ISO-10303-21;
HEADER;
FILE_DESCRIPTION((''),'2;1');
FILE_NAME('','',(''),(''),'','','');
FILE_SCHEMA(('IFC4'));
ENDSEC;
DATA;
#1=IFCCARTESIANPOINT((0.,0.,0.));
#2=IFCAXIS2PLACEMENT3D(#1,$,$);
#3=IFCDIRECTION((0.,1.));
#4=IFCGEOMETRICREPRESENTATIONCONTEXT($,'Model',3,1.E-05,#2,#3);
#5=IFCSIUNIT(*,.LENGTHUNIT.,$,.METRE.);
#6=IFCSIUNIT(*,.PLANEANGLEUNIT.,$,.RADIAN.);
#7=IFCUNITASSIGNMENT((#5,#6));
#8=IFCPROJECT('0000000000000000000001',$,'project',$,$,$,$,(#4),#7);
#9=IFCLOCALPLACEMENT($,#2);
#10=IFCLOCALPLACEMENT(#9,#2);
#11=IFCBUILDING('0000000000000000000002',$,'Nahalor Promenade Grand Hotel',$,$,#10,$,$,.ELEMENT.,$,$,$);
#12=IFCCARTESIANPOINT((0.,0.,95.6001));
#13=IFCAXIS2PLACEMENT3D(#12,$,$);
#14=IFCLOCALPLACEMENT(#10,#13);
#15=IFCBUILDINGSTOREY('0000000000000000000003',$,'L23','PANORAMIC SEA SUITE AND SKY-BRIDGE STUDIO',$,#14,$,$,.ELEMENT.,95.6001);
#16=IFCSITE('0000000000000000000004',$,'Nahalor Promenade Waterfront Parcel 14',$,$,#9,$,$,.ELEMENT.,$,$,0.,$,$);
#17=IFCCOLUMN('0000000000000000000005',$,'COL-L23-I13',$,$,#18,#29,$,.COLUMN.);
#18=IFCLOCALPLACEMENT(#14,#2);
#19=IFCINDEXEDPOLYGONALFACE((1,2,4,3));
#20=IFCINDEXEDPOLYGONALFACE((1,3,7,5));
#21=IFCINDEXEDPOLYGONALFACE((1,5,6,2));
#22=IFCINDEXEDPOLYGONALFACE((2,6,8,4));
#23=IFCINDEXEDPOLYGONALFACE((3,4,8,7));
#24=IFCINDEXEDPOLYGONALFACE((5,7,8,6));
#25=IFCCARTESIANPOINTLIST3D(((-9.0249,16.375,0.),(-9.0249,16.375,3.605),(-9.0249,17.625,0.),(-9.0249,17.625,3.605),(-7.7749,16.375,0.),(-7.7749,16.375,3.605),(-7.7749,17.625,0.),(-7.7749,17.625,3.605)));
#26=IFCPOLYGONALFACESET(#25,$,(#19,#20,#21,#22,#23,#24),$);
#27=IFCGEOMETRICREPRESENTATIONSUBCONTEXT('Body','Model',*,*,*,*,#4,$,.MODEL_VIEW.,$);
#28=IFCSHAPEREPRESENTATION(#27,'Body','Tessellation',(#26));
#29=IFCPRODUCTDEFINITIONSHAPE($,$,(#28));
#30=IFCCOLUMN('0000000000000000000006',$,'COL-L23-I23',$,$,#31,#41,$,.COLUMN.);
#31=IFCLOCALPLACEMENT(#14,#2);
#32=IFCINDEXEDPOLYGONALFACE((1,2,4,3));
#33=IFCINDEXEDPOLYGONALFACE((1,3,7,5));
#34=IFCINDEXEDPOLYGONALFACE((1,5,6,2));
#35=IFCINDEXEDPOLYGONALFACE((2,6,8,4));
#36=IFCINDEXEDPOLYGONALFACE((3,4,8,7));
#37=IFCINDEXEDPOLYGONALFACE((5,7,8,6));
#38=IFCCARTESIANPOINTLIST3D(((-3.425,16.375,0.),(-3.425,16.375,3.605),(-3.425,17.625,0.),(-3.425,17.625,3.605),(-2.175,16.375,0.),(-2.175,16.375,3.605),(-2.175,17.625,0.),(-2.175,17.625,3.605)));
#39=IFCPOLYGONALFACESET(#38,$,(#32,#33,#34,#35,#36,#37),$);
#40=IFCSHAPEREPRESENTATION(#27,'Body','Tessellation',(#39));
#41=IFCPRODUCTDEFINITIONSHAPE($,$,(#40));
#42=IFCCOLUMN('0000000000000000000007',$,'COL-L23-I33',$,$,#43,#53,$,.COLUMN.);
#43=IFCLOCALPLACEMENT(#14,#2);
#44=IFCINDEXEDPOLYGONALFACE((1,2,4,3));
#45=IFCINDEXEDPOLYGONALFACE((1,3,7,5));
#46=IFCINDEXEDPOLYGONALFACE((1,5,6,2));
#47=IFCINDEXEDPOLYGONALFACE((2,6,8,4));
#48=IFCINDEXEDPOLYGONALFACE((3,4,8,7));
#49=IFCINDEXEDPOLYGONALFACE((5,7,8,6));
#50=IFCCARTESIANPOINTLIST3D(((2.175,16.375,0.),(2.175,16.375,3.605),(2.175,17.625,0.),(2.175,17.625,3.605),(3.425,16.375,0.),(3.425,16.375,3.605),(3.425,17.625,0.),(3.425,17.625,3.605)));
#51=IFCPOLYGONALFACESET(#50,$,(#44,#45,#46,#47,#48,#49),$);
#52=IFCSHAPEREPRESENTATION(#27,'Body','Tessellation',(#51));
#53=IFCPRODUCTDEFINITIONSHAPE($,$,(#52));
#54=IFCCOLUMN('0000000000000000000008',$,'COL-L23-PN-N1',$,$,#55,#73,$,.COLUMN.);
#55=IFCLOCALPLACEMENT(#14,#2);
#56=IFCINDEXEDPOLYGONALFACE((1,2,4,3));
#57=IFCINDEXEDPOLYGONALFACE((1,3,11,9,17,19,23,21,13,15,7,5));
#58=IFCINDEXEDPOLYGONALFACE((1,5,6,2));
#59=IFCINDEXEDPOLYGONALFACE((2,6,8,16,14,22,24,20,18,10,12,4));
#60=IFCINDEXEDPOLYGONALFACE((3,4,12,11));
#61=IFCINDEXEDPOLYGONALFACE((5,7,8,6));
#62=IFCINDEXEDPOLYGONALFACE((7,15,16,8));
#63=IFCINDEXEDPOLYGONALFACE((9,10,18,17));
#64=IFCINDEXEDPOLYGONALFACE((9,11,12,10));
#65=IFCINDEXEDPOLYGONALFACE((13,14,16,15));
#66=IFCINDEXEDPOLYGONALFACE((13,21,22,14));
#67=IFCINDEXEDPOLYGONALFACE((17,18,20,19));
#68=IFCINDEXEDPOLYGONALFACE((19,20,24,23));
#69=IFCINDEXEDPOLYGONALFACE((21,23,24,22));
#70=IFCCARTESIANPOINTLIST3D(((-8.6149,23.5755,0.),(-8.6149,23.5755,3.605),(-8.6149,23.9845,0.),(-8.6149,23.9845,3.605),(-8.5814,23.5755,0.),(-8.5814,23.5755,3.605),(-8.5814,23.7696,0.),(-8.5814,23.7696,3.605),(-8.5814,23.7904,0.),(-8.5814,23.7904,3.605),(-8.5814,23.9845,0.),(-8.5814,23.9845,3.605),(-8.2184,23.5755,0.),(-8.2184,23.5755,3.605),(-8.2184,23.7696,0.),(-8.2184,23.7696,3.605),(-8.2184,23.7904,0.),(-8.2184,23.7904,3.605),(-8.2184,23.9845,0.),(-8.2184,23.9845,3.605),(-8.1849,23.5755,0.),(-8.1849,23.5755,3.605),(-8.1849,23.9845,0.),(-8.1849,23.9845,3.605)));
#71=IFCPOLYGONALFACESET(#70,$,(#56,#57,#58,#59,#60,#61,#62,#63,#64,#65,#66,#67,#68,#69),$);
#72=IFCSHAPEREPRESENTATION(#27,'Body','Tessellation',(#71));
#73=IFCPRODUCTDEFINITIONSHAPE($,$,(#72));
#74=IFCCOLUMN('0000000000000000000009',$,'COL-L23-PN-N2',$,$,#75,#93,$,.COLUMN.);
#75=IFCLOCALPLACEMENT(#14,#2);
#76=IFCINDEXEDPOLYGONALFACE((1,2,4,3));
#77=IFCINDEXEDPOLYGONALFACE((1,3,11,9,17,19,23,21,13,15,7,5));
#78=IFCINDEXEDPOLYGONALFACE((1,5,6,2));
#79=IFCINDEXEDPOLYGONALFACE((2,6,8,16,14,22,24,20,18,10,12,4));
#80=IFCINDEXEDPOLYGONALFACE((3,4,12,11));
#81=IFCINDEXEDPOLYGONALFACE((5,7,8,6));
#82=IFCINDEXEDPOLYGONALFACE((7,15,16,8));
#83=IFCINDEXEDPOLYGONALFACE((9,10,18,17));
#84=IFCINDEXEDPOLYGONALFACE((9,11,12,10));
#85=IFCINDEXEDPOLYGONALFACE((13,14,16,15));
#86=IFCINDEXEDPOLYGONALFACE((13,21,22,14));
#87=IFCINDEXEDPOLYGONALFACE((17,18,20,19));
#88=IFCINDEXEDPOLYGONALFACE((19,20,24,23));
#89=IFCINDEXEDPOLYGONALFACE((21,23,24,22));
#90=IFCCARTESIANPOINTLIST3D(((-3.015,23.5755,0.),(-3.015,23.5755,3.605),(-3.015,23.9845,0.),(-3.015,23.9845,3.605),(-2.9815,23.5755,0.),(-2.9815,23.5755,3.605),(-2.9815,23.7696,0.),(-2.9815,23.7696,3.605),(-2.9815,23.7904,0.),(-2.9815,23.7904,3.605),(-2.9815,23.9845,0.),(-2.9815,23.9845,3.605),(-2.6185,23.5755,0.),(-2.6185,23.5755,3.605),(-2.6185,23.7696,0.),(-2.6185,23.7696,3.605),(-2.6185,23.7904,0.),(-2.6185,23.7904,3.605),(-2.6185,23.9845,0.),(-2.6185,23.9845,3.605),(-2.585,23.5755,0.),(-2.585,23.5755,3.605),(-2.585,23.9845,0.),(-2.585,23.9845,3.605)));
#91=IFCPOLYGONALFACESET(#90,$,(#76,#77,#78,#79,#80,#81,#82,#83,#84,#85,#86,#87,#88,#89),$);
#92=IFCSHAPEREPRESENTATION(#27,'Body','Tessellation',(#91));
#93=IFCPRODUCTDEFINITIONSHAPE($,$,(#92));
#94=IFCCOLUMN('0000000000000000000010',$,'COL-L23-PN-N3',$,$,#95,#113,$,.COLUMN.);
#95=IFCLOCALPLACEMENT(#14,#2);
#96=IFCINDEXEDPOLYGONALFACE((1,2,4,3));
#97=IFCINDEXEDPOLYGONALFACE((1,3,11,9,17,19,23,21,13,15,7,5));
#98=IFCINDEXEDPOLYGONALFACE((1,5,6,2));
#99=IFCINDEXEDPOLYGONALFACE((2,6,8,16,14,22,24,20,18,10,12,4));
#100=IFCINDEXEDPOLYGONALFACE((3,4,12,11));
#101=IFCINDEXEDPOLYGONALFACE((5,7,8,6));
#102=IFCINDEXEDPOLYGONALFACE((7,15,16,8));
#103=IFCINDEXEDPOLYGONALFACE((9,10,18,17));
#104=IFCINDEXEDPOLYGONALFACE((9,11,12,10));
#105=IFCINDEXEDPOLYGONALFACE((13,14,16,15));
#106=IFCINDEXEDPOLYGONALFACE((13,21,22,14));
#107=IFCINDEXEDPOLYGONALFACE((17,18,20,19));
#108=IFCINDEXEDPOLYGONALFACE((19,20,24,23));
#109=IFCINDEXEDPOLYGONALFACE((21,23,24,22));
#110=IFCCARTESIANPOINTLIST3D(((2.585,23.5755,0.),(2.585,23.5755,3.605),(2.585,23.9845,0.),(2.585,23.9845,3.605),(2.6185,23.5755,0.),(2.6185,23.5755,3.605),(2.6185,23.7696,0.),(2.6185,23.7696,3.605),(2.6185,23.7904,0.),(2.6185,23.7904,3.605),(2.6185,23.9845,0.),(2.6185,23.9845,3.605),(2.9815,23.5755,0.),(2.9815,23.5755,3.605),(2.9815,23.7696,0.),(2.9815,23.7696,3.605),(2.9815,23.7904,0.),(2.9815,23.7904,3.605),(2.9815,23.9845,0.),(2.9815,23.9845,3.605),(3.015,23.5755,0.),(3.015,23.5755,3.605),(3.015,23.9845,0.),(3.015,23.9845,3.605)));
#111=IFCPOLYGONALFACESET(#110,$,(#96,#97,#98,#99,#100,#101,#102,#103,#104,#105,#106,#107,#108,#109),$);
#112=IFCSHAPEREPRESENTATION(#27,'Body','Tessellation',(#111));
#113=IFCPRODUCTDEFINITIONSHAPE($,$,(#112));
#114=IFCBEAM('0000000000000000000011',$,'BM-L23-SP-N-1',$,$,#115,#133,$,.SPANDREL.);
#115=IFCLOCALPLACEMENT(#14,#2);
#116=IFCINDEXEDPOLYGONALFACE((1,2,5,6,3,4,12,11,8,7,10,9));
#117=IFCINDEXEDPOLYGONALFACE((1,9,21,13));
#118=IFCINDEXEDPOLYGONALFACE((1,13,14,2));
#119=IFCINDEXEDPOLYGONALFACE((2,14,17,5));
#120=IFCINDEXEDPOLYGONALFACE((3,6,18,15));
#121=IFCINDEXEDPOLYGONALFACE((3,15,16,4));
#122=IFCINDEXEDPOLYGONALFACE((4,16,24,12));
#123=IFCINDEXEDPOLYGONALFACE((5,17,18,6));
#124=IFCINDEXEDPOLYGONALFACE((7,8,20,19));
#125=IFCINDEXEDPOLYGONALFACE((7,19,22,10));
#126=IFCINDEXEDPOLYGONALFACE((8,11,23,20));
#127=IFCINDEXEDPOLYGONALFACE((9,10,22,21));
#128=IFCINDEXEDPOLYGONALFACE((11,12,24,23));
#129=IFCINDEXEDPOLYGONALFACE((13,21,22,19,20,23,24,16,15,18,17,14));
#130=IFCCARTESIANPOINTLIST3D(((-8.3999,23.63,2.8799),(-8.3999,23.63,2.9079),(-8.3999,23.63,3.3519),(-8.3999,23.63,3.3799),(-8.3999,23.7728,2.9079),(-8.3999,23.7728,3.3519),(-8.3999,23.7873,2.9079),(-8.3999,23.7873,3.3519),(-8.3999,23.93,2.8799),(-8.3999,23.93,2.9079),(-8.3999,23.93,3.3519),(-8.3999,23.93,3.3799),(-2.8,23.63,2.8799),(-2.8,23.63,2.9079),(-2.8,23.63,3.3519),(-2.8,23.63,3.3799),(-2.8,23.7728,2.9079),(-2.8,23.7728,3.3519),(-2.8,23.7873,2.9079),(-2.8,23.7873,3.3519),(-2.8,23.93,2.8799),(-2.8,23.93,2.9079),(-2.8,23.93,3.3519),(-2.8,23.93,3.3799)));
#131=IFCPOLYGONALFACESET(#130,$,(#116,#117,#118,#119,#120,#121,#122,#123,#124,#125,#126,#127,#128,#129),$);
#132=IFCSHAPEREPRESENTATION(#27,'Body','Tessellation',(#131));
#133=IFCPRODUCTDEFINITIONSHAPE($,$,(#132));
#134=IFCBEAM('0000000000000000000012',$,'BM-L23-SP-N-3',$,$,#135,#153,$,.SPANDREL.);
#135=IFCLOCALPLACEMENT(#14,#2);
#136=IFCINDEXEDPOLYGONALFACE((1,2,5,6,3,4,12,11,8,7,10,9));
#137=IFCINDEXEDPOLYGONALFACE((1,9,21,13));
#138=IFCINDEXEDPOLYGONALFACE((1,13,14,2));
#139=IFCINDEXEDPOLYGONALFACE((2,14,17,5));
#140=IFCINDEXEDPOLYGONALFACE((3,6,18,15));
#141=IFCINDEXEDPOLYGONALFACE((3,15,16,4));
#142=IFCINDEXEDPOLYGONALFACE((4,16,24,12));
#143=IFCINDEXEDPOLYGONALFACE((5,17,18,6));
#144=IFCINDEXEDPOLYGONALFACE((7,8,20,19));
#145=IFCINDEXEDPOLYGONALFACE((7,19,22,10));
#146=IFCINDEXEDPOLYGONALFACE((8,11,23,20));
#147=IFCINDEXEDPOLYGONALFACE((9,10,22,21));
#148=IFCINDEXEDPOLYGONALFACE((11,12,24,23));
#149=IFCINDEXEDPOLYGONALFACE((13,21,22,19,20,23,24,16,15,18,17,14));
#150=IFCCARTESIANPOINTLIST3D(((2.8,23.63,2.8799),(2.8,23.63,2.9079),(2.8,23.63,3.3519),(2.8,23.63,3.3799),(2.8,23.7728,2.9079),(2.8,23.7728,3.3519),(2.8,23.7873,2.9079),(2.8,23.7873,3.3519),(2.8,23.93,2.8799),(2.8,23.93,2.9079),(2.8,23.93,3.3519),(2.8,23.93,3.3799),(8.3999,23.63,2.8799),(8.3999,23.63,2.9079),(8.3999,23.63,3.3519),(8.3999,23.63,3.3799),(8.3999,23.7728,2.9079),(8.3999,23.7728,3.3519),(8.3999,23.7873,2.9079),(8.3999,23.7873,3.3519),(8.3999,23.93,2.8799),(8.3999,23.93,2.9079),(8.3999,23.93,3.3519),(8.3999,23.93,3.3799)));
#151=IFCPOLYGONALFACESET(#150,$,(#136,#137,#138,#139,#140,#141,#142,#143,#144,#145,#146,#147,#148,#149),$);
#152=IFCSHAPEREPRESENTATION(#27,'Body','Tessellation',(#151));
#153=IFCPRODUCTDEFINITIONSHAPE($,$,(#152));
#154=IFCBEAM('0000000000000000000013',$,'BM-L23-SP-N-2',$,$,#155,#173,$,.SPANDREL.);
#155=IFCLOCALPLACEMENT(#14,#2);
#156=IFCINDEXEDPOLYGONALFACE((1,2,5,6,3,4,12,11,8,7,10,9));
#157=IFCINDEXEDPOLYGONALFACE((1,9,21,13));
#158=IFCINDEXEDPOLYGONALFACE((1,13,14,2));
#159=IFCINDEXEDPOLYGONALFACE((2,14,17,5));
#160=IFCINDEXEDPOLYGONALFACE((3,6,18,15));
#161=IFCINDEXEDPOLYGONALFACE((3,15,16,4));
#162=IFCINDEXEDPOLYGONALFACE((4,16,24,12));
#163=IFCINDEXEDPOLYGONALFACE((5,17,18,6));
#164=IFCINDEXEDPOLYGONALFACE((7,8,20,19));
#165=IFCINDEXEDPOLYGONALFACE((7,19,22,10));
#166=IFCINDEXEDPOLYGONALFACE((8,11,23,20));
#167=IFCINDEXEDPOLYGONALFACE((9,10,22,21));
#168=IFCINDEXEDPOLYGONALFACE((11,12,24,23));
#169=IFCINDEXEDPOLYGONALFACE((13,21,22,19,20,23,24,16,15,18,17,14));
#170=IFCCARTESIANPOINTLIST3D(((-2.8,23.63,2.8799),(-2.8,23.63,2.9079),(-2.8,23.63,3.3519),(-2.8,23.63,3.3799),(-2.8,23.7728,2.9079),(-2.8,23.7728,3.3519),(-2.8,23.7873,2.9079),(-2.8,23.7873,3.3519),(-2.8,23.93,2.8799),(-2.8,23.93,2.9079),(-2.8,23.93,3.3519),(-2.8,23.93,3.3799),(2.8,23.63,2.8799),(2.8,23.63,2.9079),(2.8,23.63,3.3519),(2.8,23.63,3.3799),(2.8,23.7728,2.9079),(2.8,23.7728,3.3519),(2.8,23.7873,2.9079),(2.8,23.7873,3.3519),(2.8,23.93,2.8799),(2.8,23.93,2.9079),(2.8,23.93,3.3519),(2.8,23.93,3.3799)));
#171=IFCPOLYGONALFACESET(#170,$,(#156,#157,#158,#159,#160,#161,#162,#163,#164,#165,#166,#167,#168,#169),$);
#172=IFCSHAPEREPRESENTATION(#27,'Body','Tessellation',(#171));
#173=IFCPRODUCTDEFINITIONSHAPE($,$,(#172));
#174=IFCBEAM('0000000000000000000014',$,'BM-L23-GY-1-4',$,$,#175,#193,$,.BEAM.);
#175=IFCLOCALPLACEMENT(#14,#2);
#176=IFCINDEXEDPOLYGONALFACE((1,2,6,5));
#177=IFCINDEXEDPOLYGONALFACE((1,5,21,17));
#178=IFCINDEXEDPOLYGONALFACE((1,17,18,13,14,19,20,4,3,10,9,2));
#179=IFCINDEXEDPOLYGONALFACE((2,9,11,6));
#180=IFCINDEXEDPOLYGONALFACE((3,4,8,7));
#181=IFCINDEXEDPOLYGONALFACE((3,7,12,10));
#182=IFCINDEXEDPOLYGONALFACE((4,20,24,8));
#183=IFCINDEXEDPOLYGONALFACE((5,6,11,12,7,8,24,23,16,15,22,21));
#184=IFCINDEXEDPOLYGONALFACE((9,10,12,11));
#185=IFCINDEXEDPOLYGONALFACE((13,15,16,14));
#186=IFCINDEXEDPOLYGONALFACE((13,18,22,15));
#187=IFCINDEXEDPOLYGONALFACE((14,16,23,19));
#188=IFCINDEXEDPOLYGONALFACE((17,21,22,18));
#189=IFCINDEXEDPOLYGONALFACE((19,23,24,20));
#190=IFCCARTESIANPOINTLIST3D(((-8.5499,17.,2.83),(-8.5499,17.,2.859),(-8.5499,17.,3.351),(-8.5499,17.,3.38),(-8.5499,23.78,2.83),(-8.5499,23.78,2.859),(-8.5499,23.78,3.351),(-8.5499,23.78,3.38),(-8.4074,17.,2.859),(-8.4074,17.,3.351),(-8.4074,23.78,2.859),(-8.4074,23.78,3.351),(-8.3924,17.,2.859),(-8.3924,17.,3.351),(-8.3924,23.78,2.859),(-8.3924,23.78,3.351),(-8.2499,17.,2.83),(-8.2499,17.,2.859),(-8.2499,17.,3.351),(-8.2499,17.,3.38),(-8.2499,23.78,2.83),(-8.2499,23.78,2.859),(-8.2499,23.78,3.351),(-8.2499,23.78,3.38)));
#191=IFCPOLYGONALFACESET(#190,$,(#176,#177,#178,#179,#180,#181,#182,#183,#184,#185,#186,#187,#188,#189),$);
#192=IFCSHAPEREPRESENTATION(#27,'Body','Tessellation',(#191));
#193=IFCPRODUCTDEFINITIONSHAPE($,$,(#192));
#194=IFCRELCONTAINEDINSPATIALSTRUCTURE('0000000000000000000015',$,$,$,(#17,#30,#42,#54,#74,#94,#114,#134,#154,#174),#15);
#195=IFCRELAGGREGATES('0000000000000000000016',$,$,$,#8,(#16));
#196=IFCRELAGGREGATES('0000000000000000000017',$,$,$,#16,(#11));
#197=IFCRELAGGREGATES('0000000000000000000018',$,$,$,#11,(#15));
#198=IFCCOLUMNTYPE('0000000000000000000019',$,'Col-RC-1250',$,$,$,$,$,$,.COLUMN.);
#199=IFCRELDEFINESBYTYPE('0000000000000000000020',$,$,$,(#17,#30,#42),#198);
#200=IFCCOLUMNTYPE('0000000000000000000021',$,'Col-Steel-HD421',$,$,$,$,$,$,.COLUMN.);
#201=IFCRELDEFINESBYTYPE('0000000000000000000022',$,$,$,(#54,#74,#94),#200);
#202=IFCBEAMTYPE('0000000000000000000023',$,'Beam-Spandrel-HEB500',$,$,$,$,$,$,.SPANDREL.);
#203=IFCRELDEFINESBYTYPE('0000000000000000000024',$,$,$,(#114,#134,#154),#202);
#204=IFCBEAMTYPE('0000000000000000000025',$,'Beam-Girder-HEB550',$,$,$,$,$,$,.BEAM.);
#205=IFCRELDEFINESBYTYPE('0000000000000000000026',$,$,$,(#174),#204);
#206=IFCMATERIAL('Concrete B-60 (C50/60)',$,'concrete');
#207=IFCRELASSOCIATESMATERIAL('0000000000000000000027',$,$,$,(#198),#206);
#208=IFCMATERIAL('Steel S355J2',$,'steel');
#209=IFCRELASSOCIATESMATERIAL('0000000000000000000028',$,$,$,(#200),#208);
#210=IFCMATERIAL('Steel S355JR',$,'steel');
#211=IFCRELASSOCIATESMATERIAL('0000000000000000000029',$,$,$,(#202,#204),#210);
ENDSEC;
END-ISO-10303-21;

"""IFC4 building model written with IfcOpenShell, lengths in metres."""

from ifc_helpers import new_model, si_unit, direction, frame, origin, origin_2d, place, context, subcontext, project, spatial, rectangle, i_section, extrude, source, transform, mapped, material, material_profile, profile_set, type_object, element, save


model = new_model("IFC4")

# Units and contexts
model_context = context("Model", 3, precision=1e-05, world=origin(), true_north=direction((0.0, 1.0)))
body_context = subcontext(model_context, "Body", "Model", "MODEL_VIEW")
ifc_project = project(units=[si_unit("LENGTHUNIT", "METRE"), si_unit("PLANEANGLEUNIT", "RADIAN")], contexts=[model_context])

# Site, building, storey
site_placement = place(None, origin())
site = spatial("IfcSite", under=ifc_project, at=site_placement, Name="Nahalor Promenade Waterfront Parcel 14", CompositionType="ELEMENT", RefElevation=0.0)
building_placement = place(site_placement, origin())
building = spatial("IfcBuilding", under=site, at=building_placement, Name="Nahalor Promenade Grand Hotel", CompositionType="ELEMENT")
storey_placement = place(building_placement, frame((0.0, 0.0, 95.6001)))
storey = spatial("IfcBuildingStorey", under=building, at=storey_placement, Name="L23", Description="PANORAMIC SEA SUITE AND SKY-BRIDGE STUDIO", CompositionType="ELEMENT", Elevation=95.6001)

# Columns
ifc_material_1 = material(Name="Concrete B-60 (C50/60)", Category="concrete")
ifc_material_profile_1 = material_profile(ifc_material_1, rectangle(XDim=1.25, YDim=1.25, at=origin_2d()), Name="RC 1250x1250")
ifc_profile_set_1 = profile_set([ifc_material_profile_1], Name="Concrete B-60 (C50/60)")
column_type_1 = type_object("IfcColumnType", Name="Col-RC-1250", PredefinedType="COLUMN", material=ifc_profile_set_1)
shared_shape_1 = source(origin(), body_context, "Body", "SweptSolid", [
    extrude(rectangle(XDim=1.25, YDim=1.25, at=origin_2d()), origin(), (0.0, 0.0, 1.0), 3.605),
])
for number, where, z_axis, x_axis, name in (
    (1, (-8.3999, 17.0, 0.0), (0.0, 0.0, 1.0), (1.0, 0.0, 0.0), "COL-L23-I13"),
    (2, (-2.8, 17.0, 0.0), (0.0, 0.0, 1.0), (1.0, 0.0, 0.0), "COL-L23-I23"),
    (3, (2.8, 17.0, 0.0), (0.0, 0.0, 1.0), (1.0, 0.0, 0.0), "COL-L23-I33"),
):
    element("IfcColumn", number, at=place(storey_placement, frame(where, z_axis=z_axis, x_axis=x_axis)), inside=storey, type_object=column_type_1, Name=name, PredefinedType="COLUMN", context=body_context, shape_type="MappedRepresentation", body=[
        mapped(shared_shape_1, transform((0.0, 0.0, 0.0), scale=1.0)),
    ])
ifc_material_2 = material(Name="Steel S355J2", Category="steel")
ifc_material_profile_2 = material_profile(ifc_material_2, i_section(OverallWidth=0.409, OverallDepth=0.43, WebThickness=0.0208, FlangeThickness=0.0335, at=origin_2d()), Name="HD 400x421")
ifc_profile_set_2 = profile_set([ifc_material_profile_2], Name="Steel S355J2")
column_type_2 = type_object("IfcColumnType", Name="Col-Steel-HD421", PredefinedType="COLUMN", material=ifc_profile_set_2)
shared_shape_2 = source(origin(), body_context, "Body", "SweptSolid", [
    extrude(i_section(OverallWidth=0.409, OverallDepth=0.43, WebThickness=0.0208, FlangeThickness=0.0335, at=origin_2d()), origin(), (0.0, 0.0, 1.0), 3.605),
])
for number, where, z_axis, x_axis, name in (
    (4, (-8.3999, 23.78, 0.0), (0.0, 0.0, 1.0), (0.0, 1.0, 0.0), "COL-L23-PN-N1"),
    (5, (-2.8, 23.78, 0.0), (0.0, 0.0, 1.0), (0.0, 1.0, 0.0), "COL-L23-PN-N2"),
    (6, (2.8, 23.78, 0.0), (0.0, 0.0, 1.0), (0.0, 1.0, 0.0), "COL-L23-PN-N3"),
):
    element("IfcColumn", number, at=place(storey_placement, frame(where, z_axis=z_axis, x_axis=x_axis)), inside=storey, type_object=column_type_2, Name=name, PredefinedType="COLUMN", context=body_context, shape_type="MappedRepresentation", body=[
        mapped(shared_shape_2, transform((0.0, 0.0, 0.0), scale=1.0)),
    ])

# Beams
ifc_material_3 = material(Name="Steel S355JR", Category="steel")
ifc_material_profile_3 = material_profile(ifc_material_3, i_section(OverallWidth=0.3, OverallDepth=0.5, WebThickness=0.0145, FlangeThickness=0.028, at=origin_2d()), Name="HEB 500")
ifc_profile_set_3 = profile_set([ifc_material_profile_3], Name="Steel S355JR")
beam_type_1 = type_object("IfcBeamType", Name="Beam-Spandrel-HEB500", PredefinedType="SPANDREL", material=ifc_profile_set_3)
shared_shape_3 = source(origin(), body_context, "Body", "SweptSolid", [
    extrude(i_section(OverallWidth=0.3, OverallDepth=0.5, WebThickness=0.0145, FlangeThickness=0.028, at=origin_2d()), origin(), (0.0, 0.0, 1.0), 5.5999),
])
for number, where, z_axis, x_axis, name in (
    (7, (-8.3999, 23.78, 3.1299), (1.0, 0.0, 0.0), (0.0, 1.0, 0.0), "BM-L23-SP-N-1"),
    (8, (2.8, 23.78, 3.1299), (1.0, 0.0, 0.0), (0.0, 1.0, 0.0), "BM-L23-SP-N-3"),
):
    element("IfcBeam", number, at=place(storey_placement, frame(where, z_axis=z_axis, x_axis=x_axis)), inside=storey, type_object=beam_type_1, Name=name, PredefinedType="SPANDREL", context=body_context, shape_type="MappedRepresentation", body=[
        mapped(shared_shape_3, transform((0.0, 0.0, 0.0), scale=1.0)),
    ])
shared_shape_4 = source(origin(), body_context, "Body", "SweptSolid", [
    extrude(i_section(OverallWidth=0.3, OverallDepth=0.5, WebThickness=0.0145, FlangeThickness=0.028, at=origin_2d()), origin(), (0.0, 0.0, 1.0), 5.6001),
])
beam_1_placement = place(storey_placement, frame((-2.8, 23.78, 3.1299), z_axis=(1.0, 0.0, 0.0), x_axis=(0.0, 1.0, 0.0)))
element("IfcBeam", 9, at=beam_1_placement, inside=storey, type_object=beam_type_1, Name="BM-L23-SP-N-2", PredefinedType="SPANDREL", context=body_context, shape_type="MappedRepresentation", body=[
    mapped(shared_shape_4, transform((0.0, 0.0, 0.0), scale=1.0)),
])
ifc_material_profile_4 = material_profile(ifc_material_3, i_section(OverallWidth=0.3, OverallDepth=0.55, WebThickness=0.015, FlangeThickness=0.029, at=origin_2d()), Name="HEB 550")
ifc_profile_set_4 = profile_set([ifc_material_profile_4], Name="Steel S355JR")
beam_type_2 = type_object("IfcBeamType", Name="Beam-Girder-HEB550", PredefinedType="BEAM", material=ifc_profile_set_4)
shared_shape_5 = source(origin(), body_context, "Body", "SweptSolid", [
    extrude(i_section(OverallWidth=0.3, OverallDepth=0.55, WebThickness=0.015, FlangeThickness=0.029, at=origin_2d()), origin(), (0.0, 0.0, 1.0), 6.78),
])
for number, where, z_axis, x_axis, name in (
    (10, (-8.3999, 17.0, 3.105), (0.0, 1.0, 0.0), (-1.0, 0.0, 0.0), "BM-L23-GY-1-4"),
):
    element("IfcBeam", number, at=place(storey_placement, frame(where, z_axis=z_axis, x_axis=x_axis)), inside=storey, type_object=beam_type_2, Name=name, PredefinedType="BEAM", context=body_context, shape_type="MappedRepresentation", body=[
        mapped(shared_shape_5, transform((0.0, 0.0, 0.0), scale=1.0)),
    ])

save(model, "model.ifc")
